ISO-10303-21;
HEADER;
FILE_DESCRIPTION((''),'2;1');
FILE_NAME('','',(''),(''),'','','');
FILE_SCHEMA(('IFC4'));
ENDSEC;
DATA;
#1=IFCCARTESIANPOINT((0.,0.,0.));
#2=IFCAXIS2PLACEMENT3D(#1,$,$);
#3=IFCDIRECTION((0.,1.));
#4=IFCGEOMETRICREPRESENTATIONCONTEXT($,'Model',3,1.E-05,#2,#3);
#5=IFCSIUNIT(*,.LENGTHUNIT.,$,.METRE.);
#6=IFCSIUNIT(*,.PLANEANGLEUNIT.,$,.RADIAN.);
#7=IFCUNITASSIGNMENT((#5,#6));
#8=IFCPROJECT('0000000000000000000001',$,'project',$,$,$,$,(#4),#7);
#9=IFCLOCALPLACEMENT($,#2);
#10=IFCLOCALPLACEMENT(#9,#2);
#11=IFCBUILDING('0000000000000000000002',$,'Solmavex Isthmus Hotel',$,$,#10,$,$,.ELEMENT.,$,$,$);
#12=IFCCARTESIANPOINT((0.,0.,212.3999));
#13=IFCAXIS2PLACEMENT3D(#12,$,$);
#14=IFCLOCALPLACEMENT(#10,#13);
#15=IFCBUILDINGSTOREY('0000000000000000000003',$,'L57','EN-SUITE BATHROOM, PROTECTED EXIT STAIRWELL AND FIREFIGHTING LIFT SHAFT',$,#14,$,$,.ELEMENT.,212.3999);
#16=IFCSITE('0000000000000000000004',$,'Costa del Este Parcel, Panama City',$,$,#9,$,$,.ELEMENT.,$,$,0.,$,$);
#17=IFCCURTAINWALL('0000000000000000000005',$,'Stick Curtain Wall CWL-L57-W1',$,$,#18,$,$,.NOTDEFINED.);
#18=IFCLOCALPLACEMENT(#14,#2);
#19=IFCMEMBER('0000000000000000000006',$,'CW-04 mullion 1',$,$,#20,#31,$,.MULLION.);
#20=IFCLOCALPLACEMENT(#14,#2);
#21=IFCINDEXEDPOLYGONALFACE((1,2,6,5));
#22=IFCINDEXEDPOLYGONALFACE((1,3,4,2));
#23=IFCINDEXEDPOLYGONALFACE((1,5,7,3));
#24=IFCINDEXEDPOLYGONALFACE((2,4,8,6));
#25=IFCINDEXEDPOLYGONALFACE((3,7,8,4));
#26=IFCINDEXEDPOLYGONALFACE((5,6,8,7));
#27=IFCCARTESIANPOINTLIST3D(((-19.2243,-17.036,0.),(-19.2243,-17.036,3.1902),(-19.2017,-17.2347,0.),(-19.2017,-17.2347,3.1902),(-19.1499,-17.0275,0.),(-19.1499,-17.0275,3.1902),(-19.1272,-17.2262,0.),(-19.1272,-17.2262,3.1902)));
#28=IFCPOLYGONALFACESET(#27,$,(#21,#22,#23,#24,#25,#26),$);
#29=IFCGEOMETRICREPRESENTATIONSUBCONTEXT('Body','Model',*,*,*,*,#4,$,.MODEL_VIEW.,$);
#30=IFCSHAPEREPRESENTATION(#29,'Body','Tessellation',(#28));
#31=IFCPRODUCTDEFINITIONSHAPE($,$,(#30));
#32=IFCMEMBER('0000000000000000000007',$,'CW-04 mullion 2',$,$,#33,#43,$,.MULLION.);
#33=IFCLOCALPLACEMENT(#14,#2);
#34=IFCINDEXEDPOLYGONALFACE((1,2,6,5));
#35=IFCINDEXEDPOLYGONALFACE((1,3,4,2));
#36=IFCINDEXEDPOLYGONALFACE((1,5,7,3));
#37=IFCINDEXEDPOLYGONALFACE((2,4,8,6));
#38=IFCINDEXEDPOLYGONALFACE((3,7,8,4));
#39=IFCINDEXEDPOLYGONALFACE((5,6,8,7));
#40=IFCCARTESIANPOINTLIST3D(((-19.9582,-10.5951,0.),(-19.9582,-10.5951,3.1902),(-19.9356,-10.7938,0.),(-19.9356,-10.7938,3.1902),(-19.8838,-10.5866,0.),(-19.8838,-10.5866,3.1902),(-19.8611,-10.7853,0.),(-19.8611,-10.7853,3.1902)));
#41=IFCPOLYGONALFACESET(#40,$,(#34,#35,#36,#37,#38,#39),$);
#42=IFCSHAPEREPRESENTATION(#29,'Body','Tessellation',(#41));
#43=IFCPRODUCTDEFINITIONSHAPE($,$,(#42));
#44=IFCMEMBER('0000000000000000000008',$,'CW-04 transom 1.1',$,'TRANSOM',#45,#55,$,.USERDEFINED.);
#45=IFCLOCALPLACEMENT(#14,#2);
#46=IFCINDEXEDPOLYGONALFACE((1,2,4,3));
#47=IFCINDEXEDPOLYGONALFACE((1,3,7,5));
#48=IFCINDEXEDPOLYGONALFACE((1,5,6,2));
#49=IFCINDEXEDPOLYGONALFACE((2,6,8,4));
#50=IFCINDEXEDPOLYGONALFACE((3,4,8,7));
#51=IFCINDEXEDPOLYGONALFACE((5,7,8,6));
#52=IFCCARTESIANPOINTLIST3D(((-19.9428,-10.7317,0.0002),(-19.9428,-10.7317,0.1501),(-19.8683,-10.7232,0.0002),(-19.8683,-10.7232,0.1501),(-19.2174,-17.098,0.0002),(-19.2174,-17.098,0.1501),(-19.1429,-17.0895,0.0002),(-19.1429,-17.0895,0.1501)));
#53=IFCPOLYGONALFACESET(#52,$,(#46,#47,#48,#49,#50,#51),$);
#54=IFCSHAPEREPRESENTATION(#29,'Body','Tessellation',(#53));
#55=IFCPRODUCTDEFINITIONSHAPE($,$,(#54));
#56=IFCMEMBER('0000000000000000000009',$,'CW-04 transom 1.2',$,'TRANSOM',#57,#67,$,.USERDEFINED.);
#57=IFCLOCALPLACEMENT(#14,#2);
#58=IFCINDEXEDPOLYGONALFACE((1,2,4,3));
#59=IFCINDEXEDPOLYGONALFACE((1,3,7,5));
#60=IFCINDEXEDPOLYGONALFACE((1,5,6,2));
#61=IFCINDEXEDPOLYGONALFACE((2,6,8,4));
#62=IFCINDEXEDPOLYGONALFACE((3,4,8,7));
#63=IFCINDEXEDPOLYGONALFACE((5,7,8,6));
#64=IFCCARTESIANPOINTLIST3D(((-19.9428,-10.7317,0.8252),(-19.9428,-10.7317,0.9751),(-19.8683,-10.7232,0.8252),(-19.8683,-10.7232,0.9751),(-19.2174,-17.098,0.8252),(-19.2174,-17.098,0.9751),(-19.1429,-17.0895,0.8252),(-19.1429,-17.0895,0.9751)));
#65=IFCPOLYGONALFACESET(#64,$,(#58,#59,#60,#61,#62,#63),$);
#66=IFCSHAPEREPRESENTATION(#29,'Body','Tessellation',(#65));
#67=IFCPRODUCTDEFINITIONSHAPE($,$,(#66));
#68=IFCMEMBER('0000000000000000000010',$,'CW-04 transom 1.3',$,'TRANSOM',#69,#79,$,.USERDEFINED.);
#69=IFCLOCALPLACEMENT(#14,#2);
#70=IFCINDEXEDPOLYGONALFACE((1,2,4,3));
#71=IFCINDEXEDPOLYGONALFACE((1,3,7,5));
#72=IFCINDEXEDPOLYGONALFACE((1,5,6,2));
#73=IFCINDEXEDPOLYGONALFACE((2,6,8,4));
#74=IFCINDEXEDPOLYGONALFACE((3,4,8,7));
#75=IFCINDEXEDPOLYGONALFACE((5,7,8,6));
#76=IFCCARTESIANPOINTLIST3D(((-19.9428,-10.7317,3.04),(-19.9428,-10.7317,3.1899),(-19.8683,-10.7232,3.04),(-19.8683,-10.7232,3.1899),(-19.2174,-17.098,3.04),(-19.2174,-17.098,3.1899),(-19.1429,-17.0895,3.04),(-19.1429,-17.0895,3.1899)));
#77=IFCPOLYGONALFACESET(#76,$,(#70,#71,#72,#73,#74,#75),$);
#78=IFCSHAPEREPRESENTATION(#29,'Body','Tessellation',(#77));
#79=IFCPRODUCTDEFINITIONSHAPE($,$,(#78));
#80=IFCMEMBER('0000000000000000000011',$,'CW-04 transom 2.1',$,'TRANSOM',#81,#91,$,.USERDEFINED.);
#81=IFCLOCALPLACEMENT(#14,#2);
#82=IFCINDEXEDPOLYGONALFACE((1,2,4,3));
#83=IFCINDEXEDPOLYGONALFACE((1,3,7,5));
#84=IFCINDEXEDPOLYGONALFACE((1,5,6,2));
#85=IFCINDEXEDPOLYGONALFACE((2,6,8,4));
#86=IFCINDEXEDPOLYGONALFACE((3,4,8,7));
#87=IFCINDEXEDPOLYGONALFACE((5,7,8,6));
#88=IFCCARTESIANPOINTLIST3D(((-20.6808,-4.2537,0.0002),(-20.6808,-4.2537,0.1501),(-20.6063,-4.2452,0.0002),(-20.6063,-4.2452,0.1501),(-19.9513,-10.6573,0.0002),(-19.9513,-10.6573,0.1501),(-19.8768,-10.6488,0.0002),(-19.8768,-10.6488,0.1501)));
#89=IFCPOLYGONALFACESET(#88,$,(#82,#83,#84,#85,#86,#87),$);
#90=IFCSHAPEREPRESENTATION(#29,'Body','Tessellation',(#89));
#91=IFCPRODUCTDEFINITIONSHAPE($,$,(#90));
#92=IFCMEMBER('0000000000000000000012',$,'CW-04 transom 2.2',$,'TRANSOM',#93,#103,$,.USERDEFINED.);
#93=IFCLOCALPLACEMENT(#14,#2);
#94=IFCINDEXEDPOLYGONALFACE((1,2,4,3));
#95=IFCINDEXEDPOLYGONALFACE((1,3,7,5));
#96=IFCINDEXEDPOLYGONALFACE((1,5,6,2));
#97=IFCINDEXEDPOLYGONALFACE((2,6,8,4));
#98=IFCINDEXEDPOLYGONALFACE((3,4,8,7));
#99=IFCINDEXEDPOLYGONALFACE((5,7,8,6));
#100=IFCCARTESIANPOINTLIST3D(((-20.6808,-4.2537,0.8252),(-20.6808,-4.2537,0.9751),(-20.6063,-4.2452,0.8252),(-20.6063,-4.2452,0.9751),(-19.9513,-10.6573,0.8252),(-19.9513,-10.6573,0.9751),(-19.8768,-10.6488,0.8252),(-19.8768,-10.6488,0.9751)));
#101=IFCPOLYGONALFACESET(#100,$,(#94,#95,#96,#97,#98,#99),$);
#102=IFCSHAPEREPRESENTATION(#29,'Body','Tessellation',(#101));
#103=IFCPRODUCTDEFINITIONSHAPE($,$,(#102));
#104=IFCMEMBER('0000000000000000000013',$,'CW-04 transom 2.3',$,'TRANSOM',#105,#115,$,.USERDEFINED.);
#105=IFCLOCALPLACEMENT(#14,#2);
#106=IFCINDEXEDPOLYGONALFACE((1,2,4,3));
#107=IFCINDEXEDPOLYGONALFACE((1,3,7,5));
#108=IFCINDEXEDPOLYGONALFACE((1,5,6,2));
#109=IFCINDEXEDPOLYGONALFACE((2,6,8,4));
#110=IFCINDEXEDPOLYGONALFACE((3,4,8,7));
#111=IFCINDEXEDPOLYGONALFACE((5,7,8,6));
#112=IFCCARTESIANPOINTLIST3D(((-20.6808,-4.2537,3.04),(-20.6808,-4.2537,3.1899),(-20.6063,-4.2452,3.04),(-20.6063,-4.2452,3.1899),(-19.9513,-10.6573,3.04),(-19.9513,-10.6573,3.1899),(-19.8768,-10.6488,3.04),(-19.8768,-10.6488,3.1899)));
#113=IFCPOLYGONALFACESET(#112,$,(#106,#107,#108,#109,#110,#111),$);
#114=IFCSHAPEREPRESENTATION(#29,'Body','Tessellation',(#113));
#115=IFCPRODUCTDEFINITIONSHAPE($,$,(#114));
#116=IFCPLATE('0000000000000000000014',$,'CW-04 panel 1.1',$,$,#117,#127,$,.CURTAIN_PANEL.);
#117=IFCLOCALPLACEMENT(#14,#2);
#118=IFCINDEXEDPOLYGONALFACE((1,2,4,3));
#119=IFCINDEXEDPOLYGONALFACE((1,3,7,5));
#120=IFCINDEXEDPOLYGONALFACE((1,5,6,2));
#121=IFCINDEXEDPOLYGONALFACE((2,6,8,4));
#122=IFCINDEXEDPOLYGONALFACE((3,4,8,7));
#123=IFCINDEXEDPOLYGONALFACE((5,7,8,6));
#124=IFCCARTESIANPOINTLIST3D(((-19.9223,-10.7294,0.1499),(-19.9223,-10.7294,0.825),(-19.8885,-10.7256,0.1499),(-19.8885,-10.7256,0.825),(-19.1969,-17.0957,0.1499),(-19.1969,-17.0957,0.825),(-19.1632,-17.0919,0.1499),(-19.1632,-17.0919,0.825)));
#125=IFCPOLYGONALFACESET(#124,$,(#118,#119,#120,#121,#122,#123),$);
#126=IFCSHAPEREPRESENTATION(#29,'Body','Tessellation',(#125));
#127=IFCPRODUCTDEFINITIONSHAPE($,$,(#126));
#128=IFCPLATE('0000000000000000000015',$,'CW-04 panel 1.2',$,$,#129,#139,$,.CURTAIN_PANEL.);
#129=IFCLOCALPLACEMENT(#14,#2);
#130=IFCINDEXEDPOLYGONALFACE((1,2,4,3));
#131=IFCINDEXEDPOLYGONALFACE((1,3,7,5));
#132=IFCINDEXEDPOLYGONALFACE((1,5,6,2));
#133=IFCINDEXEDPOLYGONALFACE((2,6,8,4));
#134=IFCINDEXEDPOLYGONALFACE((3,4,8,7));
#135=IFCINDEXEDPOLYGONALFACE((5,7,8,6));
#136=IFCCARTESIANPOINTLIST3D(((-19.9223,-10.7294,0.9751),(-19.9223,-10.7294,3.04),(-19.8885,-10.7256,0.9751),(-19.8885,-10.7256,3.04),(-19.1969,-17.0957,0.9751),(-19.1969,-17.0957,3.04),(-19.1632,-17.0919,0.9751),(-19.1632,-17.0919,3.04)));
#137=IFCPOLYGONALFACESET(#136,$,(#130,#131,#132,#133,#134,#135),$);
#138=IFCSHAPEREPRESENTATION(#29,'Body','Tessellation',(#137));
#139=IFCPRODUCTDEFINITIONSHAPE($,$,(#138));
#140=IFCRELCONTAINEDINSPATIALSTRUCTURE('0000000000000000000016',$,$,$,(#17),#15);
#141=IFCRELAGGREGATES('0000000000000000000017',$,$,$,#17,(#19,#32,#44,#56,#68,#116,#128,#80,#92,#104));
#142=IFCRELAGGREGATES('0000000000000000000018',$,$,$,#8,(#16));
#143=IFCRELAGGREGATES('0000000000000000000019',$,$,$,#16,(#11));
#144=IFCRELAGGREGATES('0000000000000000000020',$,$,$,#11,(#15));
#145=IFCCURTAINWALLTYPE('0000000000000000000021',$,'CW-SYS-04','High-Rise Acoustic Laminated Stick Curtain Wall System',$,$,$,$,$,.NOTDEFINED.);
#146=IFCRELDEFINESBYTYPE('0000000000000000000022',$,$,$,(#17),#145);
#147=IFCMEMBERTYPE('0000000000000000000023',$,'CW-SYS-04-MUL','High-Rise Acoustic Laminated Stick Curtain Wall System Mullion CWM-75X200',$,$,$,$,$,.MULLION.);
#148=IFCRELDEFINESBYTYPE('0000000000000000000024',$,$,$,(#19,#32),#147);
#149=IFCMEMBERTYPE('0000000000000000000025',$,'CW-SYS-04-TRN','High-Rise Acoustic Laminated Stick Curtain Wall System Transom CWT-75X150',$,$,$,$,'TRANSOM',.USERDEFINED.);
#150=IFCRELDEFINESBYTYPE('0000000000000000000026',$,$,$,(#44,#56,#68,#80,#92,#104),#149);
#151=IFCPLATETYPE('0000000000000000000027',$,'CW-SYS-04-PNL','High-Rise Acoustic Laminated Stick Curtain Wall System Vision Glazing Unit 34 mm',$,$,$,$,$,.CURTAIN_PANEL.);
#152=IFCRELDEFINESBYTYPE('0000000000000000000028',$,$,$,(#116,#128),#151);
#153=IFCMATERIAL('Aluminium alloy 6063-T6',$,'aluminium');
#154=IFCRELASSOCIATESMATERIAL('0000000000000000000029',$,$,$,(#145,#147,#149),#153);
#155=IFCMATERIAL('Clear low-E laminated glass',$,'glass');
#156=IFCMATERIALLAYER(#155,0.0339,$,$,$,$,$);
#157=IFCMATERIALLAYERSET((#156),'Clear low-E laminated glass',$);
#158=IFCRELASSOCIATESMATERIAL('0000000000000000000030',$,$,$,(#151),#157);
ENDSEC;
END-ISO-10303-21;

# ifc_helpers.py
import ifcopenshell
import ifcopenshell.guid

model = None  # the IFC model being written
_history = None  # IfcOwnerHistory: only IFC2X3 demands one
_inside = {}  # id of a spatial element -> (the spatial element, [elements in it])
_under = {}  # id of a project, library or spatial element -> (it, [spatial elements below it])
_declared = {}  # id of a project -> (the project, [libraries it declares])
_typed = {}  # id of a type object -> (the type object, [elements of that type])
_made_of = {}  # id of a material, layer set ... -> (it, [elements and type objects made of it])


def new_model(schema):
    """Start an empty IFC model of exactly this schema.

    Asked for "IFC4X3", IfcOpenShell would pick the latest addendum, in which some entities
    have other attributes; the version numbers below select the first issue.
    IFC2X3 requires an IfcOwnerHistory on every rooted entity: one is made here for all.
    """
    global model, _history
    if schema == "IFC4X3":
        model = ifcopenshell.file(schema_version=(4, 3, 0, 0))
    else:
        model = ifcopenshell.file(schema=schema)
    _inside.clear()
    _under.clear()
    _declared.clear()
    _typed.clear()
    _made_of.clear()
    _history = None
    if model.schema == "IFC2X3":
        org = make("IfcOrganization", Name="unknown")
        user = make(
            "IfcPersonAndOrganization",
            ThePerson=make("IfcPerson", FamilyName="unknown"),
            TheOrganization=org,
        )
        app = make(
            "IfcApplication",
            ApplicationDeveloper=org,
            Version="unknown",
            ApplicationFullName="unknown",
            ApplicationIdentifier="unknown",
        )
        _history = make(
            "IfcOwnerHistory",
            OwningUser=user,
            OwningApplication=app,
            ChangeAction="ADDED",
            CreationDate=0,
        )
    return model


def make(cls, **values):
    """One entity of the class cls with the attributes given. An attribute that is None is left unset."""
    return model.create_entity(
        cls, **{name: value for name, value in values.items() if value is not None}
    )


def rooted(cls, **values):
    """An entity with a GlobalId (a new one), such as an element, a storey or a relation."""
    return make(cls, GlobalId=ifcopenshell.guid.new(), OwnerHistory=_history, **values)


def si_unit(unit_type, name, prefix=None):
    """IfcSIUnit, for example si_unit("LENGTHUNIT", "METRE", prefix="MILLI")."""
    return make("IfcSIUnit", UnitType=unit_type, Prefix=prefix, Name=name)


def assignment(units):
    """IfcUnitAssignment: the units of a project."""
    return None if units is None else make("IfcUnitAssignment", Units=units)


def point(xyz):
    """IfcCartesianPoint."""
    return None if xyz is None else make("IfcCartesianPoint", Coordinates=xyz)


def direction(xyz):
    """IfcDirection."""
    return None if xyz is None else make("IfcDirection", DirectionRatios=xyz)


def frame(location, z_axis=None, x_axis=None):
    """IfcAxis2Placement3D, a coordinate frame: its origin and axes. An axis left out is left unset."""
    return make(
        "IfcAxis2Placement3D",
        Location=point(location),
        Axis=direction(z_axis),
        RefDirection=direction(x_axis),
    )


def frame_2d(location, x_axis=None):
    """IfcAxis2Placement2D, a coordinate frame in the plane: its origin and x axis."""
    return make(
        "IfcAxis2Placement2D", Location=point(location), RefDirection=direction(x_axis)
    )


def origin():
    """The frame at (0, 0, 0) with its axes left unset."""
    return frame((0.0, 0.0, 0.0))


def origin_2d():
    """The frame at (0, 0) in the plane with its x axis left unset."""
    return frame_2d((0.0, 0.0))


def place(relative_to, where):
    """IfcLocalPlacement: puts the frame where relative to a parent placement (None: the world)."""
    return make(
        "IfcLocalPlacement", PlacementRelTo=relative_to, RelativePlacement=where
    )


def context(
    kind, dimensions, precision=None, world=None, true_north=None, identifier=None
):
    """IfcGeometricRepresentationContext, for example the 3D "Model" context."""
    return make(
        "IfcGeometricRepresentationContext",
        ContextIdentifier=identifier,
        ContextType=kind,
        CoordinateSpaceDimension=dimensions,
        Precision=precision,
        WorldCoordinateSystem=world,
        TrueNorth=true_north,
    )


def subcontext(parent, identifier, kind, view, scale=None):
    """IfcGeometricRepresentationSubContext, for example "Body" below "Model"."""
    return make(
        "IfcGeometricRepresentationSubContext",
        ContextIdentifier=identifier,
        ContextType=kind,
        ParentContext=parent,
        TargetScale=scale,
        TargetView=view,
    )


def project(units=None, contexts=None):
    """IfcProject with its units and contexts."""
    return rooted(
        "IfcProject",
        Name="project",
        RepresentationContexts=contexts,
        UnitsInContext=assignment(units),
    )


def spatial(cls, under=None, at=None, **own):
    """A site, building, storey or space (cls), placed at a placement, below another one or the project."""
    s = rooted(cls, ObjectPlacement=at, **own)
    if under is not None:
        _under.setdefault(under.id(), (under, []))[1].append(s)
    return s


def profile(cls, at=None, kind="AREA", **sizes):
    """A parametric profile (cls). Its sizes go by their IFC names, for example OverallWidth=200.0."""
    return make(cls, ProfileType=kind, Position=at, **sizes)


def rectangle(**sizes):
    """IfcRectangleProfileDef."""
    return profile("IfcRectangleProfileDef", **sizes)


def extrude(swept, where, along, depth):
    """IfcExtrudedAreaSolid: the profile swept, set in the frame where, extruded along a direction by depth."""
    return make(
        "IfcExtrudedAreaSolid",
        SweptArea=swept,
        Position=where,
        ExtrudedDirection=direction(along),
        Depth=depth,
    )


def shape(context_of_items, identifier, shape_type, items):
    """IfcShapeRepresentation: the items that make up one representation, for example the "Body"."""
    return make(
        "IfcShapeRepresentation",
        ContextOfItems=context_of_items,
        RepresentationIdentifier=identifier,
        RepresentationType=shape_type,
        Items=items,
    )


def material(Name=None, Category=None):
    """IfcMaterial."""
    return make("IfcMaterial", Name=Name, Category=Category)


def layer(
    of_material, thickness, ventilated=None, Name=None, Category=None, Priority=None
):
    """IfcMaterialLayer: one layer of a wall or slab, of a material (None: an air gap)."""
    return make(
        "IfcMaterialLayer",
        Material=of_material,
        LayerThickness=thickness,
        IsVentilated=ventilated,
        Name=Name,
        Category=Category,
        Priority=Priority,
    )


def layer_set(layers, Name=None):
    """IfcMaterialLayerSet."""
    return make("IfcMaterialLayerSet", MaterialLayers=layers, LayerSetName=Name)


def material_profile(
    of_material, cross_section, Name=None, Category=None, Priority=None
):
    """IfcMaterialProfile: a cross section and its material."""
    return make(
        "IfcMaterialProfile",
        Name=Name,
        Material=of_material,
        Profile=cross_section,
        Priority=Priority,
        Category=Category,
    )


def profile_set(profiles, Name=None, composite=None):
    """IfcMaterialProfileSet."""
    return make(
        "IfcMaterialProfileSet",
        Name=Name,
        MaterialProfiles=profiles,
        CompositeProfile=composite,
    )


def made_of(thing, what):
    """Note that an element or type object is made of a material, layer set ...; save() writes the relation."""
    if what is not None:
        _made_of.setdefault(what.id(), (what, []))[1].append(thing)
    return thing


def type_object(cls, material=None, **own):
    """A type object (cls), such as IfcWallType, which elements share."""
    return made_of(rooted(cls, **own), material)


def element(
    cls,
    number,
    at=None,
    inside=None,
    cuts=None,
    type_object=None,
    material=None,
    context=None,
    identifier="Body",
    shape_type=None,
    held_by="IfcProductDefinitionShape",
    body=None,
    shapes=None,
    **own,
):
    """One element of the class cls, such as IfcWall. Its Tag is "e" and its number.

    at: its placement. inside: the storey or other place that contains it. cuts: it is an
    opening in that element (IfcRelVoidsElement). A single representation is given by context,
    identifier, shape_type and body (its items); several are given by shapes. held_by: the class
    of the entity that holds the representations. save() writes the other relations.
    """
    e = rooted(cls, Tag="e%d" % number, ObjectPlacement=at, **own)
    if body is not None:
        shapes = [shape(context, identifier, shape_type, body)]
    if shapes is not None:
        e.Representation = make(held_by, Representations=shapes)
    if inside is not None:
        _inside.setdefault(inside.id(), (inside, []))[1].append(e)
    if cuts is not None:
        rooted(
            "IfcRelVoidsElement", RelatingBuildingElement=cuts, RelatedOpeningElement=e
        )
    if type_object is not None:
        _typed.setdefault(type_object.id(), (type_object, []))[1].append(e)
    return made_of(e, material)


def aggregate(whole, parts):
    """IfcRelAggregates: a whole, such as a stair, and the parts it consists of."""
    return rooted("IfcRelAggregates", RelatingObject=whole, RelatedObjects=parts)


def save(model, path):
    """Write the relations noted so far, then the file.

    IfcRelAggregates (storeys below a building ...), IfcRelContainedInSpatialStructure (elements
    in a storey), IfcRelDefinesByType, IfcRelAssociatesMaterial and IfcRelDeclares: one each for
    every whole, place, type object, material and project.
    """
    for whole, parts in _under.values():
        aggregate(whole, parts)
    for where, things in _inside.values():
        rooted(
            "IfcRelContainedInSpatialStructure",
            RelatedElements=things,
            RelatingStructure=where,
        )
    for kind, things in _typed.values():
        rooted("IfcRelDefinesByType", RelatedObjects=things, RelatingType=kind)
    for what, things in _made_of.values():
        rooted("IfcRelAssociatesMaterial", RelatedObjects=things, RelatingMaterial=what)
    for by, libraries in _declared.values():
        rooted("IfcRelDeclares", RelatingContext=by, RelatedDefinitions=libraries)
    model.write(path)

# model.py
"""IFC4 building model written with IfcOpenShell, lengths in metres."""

from ifc_helpers import new_model, si_unit, direction, frame, origin, origin_2d, place, context, subcontext, project, spatial, rectangle, extrude, material, layer, layer_set, material_profile, profile_set, type_object, element, aggregate, save


model = new_model("IFC4")

# Units and contexts
model_context = context("Model", 3, precision=1e-05, world=origin(), true_north=direction((0.0, 1.0)))
body_context = subcontext(model_context, "Body", "Model", "MODEL_VIEW")
ifc_project = project(units=[si_unit("LENGTHUNIT", "METRE"), si_unit("PLANEANGLEUNIT", "RADIAN")], contexts=[model_context])

# Site, building, storey
site_placement = place(None, origin())
site = spatial("IfcSite", under=ifc_project, at=site_placement, Name="Costa del Este Parcel, Panama City", CompositionType="ELEMENT", RefElevation=0.0)
building_placement = place(site_placement, origin())
building = spatial("IfcBuilding", under=site, at=building_placement, Name="Solmavex Isthmus Hotel", CompositionType="ELEMENT")
storey_placement = place(building_placement, frame((0.0, 0.0, 212.3999)))
storey = spatial("IfcBuildingStorey", under=building, at=storey_placement, Name="L57", Description="EN-SUITE BATHROOM, PROTECTED EXIT STAIRWELL AND FIREFIGHTING LIFT SHAFT", CompositionType="ELEMENT", Elevation=212.3999)

# Curtain wall, members, plates
ifc_material_1 = material(Name="Aluminium alloy 6063-T6", Category="aluminium")
curtain_wall_type = type_object("IfcCurtainWallType", Name="CW-SYS-04", Description="High-Rise Acoustic Laminated Stick Curtain Wall System", PredefinedType="NOTDEFINED", material=ifc_material_1)
curtain_wall_placement = place(storey_placement, origin())
curtain_wall = element("IfcCurtainWall", 1, at=curtain_wall_placement, inside=storey, type_object=curtain_wall_type, Name="Stick Curtain Wall CWL-L57-W1", PredefinedType="NOTDEFINED")
ifc_material_profile_1 = material_profile(ifc_material_1, rectangle(XDim=0.075, YDim=0.2, at=origin_2d()), Name="CWM-75X200")
ifc_profile_set_1 = profile_set([ifc_material_profile_1], Name="Aluminium alloy 6063-T6")
member_type_1 = type_object("IfcMemberType", Name="CW-SYS-04-MUL", Description="High-Rise Acoustic Laminated Stick Curtain Wall System Mullion CWM-75X200", PredefinedType="MULLION", material=ifc_profile_set_1)
member_1_placement = place(storey_placement, frame((-19.1758, -17.1311, 0.0), z_axis=(0.0, 0.0, 1.0), x_axis=(-0.993572, -0.113203, 0.0)))
member_1 = element("IfcMember", 2, at=member_1_placement, type_object=member_type_1, Name="CW-04 mullion 1", PredefinedType="MULLION", context=body_context, shape_type="SweptSolid", body=[
    extrude(rectangle(XDim=0.075, YDim=0.2, at=origin_2d()), origin(), (0.0, 0.0, 1.0), 3.1902),
])
member_2_placement = place(storey_placement, frame((-19.9097, -10.6902, 0.0), z_axis=(0.0, 0.0, 1.0), x_axis=(-0.993572, -0.113203, 0.0)))
member_2 = element("IfcMember", 3, at=member_2_placement, type_object=member_type_1, Name="CW-04 mullion 2", PredefinedType="MULLION", context=body_context, shape_type="SweptSolid", body=[
    extrude(rectangle(XDim=0.075, YDim=0.2, at=origin_2d()), origin(), (0.0, 0.0, 1.0), 3.1902),
])
ifc_material_profile_2 = material_profile(ifc_material_1, rectangle(XDim=0.075, YDim=0.1499, at=origin_2d()), Name="CWT-75X150")
ifc_profile_set_2 = profile_set([ifc_material_profile_2], Name="Aluminium alloy 6063-T6")
member_type_2 = type_object("IfcMemberType", Name="CW-SYS-04-TRN", Description="High-Rise Acoustic Laminated Stick Curtain Wall System Transom CWT-75X150", ElementType="TRANSOM", PredefinedType="USERDEFINED", material=ifc_profile_set_2)
member_3_placement = place(storey_placement, frame((-19.1802, -17.0938, 0.0752), z_axis=(-0.113204, 0.993572, 0.0), x_axis=(-0.993572, -0.113204, 0.0)))
member_3 = element("IfcMember", 4, at=member_3_placement, type_object=member_type_2, Name="CW-04 transom 1.1", ObjectType="TRANSOM", PredefinedType="USERDEFINED", context=body_context, shape_type="SweptSolid", body=[
    extrude(rectangle(XDim=0.075, YDim=0.1499, at=origin_2d()), origin(), (0.0, 0.0, 1.0), 6.4075),
])
member_4_placement = place(storey_placement, frame((-19.1802, -17.0938, 0.9001), z_axis=(-0.113204, 0.993572, 0.0), x_axis=(-0.993572, -0.113204, 0.0)))
member_4 = element("IfcMember", 5, at=member_4_placement, type_object=member_type_2, Name="CW-04 transom 1.2", ObjectType="TRANSOM", PredefinedType="USERDEFINED", context=body_context, shape_type="SweptSolid", body=[
    extrude(rectangle(XDim=0.075, YDim=0.1499, at=origin_2d()), origin(), (0.0, 0.0, 1.0), 6.4075),
])
member_5_placement = place(storey_placement, frame((-19.1802, -17.0938, 3.115), z_axis=(-0.113204, 0.993572, 0.0), x_axis=(-0.993572, -0.113204, 0.0)))
member_5 = element("IfcMember", 6, at=member_5_placement, type_object=member_type_2, Name="CW-04 transom 1.3", ObjectType="TRANSOM", PredefinedType="USERDEFINED", context=body_context, shape_type="SweptSolid", body=[
    extrude(rectangle(XDim=0.075, YDim=0.1499, at=origin_2d()), origin(), (0.0, 0.0, 1.0), 6.4075),
])
member_6_placement = place(storey_placement, frame((-19.9141, -10.6531, 0.0752), z_axis=(-0.113188, 0.993574, 0.0), x_axis=(-0.993574, -0.113188, 0.0)))
member_6 = element("IfcMember", 7, at=member_6_placement, type_object=member_type_2, Name="CW-04 transom 2.1", ObjectType="TRANSOM", PredefinedType="USERDEFINED", context=body_context, shape_type="SweptSolid", body=[
    extrude(rectangle(XDim=0.075, YDim=0.1499, at=origin_2d()), origin(), (0.0, 0.0, 1.0), 6.4451),
])
member_7_placement = place(storey_placement, frame((-19.9141, -10.6531, 0.9001), z_axis=(-0.113188, 0.993574, 0.0), x_axis=(-0.993574, -0.113188, 0.0)))
member_7 = element("IfcMember", 8, at=member_7_placement, type_object=member_type_2, Name="CW-04 transom 2.2", ObjectType="TRANSOM", PredefinedType="USERDEFINED", context=body_context, shape_type="SweptSolid", body=[
    extrude(rectangle(XDim=0.075, YDim=0.1499, at=origin_2d()), origin(), (0.0, 0.0, 1.0), 6.4451),
])
member_8_placement = place(storey_placement, frame((-19.9141, -10.6531, 3.115), z_axis=(-0.113188, 0.993574, 0.0), x_axis=(-0.993574, -0.113188, 0.0)))
member_8 = element("IfcMember", 9, at=member_8_placement, type_object=member_type_2, Name="CW-04 transom 2.3", ObjectType="TRANSOM", PredefinedType="USERDEFINED", context=body_context, shape_type="SweptSolid", body=[
    extrude(rectangle(XDim=0.075, YDim=0.1499, at=origin_2d()), origin(), (0.0, 0.0, 1.0), 6.4451),
])
ifc_material_2 = material(Name="Clear low-E laminated glass", Category="glass")
ifc_layer_1 = layer(ifc_material_2, 0.0339)
ifc_layer_set_1 = layer_set([ifc_layer_1], Name="Clear low-E laminated glass")
plate_type = type_object("IfcPlateType", Name="CW-SYS-04-PNL", Description="High-Rise Acoustic Laminated Stick Curtain Wall System Vision Glazing Unit 34 mm", PredefinedType="CURTAIN_PANEL", material=ifc_layer_set_1)
plate_1_placement = place(storey_placement, frame((-19.5427, -13.9106, 0.1499), z_axis=(0.0, 0.0, 1.0), x_axis=(-0.113203, 0.993572, 0.0)))
plate_1 = element("IfcPlate", 10, at=plate_1_placement, type_object=plate_type, Name="CW-04 panel 1.1", PredefinedType="CURTAIN_PANEL", context=body_context, shape_type="SweptSolid", body=[
    extrude(rectangle(XDim=6.4075, YDim=0.0339, at=origin_2d()), origin(), (0.0, 0.0, 1.0), 0.675),
])
plate_2_placement = place(storey_placement, frame((-19.5427, -13.9106, 0.9751), z_axis=(0.0, 0.0, 1.0), x_axis=(-0.113203, 0.993572, 0.0)))
plate_2 = element("IfcPlate", 11, at=plate_2_placement, type_object=plate_type, Name="CW-04 panel 1.2", PredefinedType="CURTAIN_PANEL", context=body_context, shape_type="SweptSolid", body=[
    extrude(rectangle(XDim=6.4075, YDim=0.0339, at=origin_2d()), origin(), (0.0, 0.0, 1.0), 2.0649),
])
aggregate(curtain_wall, [member_1, member_2, member_3, member_4, member_5, plate_1, plate_2, member_6, member_7, member_8])

save(model, "model.ifc")
